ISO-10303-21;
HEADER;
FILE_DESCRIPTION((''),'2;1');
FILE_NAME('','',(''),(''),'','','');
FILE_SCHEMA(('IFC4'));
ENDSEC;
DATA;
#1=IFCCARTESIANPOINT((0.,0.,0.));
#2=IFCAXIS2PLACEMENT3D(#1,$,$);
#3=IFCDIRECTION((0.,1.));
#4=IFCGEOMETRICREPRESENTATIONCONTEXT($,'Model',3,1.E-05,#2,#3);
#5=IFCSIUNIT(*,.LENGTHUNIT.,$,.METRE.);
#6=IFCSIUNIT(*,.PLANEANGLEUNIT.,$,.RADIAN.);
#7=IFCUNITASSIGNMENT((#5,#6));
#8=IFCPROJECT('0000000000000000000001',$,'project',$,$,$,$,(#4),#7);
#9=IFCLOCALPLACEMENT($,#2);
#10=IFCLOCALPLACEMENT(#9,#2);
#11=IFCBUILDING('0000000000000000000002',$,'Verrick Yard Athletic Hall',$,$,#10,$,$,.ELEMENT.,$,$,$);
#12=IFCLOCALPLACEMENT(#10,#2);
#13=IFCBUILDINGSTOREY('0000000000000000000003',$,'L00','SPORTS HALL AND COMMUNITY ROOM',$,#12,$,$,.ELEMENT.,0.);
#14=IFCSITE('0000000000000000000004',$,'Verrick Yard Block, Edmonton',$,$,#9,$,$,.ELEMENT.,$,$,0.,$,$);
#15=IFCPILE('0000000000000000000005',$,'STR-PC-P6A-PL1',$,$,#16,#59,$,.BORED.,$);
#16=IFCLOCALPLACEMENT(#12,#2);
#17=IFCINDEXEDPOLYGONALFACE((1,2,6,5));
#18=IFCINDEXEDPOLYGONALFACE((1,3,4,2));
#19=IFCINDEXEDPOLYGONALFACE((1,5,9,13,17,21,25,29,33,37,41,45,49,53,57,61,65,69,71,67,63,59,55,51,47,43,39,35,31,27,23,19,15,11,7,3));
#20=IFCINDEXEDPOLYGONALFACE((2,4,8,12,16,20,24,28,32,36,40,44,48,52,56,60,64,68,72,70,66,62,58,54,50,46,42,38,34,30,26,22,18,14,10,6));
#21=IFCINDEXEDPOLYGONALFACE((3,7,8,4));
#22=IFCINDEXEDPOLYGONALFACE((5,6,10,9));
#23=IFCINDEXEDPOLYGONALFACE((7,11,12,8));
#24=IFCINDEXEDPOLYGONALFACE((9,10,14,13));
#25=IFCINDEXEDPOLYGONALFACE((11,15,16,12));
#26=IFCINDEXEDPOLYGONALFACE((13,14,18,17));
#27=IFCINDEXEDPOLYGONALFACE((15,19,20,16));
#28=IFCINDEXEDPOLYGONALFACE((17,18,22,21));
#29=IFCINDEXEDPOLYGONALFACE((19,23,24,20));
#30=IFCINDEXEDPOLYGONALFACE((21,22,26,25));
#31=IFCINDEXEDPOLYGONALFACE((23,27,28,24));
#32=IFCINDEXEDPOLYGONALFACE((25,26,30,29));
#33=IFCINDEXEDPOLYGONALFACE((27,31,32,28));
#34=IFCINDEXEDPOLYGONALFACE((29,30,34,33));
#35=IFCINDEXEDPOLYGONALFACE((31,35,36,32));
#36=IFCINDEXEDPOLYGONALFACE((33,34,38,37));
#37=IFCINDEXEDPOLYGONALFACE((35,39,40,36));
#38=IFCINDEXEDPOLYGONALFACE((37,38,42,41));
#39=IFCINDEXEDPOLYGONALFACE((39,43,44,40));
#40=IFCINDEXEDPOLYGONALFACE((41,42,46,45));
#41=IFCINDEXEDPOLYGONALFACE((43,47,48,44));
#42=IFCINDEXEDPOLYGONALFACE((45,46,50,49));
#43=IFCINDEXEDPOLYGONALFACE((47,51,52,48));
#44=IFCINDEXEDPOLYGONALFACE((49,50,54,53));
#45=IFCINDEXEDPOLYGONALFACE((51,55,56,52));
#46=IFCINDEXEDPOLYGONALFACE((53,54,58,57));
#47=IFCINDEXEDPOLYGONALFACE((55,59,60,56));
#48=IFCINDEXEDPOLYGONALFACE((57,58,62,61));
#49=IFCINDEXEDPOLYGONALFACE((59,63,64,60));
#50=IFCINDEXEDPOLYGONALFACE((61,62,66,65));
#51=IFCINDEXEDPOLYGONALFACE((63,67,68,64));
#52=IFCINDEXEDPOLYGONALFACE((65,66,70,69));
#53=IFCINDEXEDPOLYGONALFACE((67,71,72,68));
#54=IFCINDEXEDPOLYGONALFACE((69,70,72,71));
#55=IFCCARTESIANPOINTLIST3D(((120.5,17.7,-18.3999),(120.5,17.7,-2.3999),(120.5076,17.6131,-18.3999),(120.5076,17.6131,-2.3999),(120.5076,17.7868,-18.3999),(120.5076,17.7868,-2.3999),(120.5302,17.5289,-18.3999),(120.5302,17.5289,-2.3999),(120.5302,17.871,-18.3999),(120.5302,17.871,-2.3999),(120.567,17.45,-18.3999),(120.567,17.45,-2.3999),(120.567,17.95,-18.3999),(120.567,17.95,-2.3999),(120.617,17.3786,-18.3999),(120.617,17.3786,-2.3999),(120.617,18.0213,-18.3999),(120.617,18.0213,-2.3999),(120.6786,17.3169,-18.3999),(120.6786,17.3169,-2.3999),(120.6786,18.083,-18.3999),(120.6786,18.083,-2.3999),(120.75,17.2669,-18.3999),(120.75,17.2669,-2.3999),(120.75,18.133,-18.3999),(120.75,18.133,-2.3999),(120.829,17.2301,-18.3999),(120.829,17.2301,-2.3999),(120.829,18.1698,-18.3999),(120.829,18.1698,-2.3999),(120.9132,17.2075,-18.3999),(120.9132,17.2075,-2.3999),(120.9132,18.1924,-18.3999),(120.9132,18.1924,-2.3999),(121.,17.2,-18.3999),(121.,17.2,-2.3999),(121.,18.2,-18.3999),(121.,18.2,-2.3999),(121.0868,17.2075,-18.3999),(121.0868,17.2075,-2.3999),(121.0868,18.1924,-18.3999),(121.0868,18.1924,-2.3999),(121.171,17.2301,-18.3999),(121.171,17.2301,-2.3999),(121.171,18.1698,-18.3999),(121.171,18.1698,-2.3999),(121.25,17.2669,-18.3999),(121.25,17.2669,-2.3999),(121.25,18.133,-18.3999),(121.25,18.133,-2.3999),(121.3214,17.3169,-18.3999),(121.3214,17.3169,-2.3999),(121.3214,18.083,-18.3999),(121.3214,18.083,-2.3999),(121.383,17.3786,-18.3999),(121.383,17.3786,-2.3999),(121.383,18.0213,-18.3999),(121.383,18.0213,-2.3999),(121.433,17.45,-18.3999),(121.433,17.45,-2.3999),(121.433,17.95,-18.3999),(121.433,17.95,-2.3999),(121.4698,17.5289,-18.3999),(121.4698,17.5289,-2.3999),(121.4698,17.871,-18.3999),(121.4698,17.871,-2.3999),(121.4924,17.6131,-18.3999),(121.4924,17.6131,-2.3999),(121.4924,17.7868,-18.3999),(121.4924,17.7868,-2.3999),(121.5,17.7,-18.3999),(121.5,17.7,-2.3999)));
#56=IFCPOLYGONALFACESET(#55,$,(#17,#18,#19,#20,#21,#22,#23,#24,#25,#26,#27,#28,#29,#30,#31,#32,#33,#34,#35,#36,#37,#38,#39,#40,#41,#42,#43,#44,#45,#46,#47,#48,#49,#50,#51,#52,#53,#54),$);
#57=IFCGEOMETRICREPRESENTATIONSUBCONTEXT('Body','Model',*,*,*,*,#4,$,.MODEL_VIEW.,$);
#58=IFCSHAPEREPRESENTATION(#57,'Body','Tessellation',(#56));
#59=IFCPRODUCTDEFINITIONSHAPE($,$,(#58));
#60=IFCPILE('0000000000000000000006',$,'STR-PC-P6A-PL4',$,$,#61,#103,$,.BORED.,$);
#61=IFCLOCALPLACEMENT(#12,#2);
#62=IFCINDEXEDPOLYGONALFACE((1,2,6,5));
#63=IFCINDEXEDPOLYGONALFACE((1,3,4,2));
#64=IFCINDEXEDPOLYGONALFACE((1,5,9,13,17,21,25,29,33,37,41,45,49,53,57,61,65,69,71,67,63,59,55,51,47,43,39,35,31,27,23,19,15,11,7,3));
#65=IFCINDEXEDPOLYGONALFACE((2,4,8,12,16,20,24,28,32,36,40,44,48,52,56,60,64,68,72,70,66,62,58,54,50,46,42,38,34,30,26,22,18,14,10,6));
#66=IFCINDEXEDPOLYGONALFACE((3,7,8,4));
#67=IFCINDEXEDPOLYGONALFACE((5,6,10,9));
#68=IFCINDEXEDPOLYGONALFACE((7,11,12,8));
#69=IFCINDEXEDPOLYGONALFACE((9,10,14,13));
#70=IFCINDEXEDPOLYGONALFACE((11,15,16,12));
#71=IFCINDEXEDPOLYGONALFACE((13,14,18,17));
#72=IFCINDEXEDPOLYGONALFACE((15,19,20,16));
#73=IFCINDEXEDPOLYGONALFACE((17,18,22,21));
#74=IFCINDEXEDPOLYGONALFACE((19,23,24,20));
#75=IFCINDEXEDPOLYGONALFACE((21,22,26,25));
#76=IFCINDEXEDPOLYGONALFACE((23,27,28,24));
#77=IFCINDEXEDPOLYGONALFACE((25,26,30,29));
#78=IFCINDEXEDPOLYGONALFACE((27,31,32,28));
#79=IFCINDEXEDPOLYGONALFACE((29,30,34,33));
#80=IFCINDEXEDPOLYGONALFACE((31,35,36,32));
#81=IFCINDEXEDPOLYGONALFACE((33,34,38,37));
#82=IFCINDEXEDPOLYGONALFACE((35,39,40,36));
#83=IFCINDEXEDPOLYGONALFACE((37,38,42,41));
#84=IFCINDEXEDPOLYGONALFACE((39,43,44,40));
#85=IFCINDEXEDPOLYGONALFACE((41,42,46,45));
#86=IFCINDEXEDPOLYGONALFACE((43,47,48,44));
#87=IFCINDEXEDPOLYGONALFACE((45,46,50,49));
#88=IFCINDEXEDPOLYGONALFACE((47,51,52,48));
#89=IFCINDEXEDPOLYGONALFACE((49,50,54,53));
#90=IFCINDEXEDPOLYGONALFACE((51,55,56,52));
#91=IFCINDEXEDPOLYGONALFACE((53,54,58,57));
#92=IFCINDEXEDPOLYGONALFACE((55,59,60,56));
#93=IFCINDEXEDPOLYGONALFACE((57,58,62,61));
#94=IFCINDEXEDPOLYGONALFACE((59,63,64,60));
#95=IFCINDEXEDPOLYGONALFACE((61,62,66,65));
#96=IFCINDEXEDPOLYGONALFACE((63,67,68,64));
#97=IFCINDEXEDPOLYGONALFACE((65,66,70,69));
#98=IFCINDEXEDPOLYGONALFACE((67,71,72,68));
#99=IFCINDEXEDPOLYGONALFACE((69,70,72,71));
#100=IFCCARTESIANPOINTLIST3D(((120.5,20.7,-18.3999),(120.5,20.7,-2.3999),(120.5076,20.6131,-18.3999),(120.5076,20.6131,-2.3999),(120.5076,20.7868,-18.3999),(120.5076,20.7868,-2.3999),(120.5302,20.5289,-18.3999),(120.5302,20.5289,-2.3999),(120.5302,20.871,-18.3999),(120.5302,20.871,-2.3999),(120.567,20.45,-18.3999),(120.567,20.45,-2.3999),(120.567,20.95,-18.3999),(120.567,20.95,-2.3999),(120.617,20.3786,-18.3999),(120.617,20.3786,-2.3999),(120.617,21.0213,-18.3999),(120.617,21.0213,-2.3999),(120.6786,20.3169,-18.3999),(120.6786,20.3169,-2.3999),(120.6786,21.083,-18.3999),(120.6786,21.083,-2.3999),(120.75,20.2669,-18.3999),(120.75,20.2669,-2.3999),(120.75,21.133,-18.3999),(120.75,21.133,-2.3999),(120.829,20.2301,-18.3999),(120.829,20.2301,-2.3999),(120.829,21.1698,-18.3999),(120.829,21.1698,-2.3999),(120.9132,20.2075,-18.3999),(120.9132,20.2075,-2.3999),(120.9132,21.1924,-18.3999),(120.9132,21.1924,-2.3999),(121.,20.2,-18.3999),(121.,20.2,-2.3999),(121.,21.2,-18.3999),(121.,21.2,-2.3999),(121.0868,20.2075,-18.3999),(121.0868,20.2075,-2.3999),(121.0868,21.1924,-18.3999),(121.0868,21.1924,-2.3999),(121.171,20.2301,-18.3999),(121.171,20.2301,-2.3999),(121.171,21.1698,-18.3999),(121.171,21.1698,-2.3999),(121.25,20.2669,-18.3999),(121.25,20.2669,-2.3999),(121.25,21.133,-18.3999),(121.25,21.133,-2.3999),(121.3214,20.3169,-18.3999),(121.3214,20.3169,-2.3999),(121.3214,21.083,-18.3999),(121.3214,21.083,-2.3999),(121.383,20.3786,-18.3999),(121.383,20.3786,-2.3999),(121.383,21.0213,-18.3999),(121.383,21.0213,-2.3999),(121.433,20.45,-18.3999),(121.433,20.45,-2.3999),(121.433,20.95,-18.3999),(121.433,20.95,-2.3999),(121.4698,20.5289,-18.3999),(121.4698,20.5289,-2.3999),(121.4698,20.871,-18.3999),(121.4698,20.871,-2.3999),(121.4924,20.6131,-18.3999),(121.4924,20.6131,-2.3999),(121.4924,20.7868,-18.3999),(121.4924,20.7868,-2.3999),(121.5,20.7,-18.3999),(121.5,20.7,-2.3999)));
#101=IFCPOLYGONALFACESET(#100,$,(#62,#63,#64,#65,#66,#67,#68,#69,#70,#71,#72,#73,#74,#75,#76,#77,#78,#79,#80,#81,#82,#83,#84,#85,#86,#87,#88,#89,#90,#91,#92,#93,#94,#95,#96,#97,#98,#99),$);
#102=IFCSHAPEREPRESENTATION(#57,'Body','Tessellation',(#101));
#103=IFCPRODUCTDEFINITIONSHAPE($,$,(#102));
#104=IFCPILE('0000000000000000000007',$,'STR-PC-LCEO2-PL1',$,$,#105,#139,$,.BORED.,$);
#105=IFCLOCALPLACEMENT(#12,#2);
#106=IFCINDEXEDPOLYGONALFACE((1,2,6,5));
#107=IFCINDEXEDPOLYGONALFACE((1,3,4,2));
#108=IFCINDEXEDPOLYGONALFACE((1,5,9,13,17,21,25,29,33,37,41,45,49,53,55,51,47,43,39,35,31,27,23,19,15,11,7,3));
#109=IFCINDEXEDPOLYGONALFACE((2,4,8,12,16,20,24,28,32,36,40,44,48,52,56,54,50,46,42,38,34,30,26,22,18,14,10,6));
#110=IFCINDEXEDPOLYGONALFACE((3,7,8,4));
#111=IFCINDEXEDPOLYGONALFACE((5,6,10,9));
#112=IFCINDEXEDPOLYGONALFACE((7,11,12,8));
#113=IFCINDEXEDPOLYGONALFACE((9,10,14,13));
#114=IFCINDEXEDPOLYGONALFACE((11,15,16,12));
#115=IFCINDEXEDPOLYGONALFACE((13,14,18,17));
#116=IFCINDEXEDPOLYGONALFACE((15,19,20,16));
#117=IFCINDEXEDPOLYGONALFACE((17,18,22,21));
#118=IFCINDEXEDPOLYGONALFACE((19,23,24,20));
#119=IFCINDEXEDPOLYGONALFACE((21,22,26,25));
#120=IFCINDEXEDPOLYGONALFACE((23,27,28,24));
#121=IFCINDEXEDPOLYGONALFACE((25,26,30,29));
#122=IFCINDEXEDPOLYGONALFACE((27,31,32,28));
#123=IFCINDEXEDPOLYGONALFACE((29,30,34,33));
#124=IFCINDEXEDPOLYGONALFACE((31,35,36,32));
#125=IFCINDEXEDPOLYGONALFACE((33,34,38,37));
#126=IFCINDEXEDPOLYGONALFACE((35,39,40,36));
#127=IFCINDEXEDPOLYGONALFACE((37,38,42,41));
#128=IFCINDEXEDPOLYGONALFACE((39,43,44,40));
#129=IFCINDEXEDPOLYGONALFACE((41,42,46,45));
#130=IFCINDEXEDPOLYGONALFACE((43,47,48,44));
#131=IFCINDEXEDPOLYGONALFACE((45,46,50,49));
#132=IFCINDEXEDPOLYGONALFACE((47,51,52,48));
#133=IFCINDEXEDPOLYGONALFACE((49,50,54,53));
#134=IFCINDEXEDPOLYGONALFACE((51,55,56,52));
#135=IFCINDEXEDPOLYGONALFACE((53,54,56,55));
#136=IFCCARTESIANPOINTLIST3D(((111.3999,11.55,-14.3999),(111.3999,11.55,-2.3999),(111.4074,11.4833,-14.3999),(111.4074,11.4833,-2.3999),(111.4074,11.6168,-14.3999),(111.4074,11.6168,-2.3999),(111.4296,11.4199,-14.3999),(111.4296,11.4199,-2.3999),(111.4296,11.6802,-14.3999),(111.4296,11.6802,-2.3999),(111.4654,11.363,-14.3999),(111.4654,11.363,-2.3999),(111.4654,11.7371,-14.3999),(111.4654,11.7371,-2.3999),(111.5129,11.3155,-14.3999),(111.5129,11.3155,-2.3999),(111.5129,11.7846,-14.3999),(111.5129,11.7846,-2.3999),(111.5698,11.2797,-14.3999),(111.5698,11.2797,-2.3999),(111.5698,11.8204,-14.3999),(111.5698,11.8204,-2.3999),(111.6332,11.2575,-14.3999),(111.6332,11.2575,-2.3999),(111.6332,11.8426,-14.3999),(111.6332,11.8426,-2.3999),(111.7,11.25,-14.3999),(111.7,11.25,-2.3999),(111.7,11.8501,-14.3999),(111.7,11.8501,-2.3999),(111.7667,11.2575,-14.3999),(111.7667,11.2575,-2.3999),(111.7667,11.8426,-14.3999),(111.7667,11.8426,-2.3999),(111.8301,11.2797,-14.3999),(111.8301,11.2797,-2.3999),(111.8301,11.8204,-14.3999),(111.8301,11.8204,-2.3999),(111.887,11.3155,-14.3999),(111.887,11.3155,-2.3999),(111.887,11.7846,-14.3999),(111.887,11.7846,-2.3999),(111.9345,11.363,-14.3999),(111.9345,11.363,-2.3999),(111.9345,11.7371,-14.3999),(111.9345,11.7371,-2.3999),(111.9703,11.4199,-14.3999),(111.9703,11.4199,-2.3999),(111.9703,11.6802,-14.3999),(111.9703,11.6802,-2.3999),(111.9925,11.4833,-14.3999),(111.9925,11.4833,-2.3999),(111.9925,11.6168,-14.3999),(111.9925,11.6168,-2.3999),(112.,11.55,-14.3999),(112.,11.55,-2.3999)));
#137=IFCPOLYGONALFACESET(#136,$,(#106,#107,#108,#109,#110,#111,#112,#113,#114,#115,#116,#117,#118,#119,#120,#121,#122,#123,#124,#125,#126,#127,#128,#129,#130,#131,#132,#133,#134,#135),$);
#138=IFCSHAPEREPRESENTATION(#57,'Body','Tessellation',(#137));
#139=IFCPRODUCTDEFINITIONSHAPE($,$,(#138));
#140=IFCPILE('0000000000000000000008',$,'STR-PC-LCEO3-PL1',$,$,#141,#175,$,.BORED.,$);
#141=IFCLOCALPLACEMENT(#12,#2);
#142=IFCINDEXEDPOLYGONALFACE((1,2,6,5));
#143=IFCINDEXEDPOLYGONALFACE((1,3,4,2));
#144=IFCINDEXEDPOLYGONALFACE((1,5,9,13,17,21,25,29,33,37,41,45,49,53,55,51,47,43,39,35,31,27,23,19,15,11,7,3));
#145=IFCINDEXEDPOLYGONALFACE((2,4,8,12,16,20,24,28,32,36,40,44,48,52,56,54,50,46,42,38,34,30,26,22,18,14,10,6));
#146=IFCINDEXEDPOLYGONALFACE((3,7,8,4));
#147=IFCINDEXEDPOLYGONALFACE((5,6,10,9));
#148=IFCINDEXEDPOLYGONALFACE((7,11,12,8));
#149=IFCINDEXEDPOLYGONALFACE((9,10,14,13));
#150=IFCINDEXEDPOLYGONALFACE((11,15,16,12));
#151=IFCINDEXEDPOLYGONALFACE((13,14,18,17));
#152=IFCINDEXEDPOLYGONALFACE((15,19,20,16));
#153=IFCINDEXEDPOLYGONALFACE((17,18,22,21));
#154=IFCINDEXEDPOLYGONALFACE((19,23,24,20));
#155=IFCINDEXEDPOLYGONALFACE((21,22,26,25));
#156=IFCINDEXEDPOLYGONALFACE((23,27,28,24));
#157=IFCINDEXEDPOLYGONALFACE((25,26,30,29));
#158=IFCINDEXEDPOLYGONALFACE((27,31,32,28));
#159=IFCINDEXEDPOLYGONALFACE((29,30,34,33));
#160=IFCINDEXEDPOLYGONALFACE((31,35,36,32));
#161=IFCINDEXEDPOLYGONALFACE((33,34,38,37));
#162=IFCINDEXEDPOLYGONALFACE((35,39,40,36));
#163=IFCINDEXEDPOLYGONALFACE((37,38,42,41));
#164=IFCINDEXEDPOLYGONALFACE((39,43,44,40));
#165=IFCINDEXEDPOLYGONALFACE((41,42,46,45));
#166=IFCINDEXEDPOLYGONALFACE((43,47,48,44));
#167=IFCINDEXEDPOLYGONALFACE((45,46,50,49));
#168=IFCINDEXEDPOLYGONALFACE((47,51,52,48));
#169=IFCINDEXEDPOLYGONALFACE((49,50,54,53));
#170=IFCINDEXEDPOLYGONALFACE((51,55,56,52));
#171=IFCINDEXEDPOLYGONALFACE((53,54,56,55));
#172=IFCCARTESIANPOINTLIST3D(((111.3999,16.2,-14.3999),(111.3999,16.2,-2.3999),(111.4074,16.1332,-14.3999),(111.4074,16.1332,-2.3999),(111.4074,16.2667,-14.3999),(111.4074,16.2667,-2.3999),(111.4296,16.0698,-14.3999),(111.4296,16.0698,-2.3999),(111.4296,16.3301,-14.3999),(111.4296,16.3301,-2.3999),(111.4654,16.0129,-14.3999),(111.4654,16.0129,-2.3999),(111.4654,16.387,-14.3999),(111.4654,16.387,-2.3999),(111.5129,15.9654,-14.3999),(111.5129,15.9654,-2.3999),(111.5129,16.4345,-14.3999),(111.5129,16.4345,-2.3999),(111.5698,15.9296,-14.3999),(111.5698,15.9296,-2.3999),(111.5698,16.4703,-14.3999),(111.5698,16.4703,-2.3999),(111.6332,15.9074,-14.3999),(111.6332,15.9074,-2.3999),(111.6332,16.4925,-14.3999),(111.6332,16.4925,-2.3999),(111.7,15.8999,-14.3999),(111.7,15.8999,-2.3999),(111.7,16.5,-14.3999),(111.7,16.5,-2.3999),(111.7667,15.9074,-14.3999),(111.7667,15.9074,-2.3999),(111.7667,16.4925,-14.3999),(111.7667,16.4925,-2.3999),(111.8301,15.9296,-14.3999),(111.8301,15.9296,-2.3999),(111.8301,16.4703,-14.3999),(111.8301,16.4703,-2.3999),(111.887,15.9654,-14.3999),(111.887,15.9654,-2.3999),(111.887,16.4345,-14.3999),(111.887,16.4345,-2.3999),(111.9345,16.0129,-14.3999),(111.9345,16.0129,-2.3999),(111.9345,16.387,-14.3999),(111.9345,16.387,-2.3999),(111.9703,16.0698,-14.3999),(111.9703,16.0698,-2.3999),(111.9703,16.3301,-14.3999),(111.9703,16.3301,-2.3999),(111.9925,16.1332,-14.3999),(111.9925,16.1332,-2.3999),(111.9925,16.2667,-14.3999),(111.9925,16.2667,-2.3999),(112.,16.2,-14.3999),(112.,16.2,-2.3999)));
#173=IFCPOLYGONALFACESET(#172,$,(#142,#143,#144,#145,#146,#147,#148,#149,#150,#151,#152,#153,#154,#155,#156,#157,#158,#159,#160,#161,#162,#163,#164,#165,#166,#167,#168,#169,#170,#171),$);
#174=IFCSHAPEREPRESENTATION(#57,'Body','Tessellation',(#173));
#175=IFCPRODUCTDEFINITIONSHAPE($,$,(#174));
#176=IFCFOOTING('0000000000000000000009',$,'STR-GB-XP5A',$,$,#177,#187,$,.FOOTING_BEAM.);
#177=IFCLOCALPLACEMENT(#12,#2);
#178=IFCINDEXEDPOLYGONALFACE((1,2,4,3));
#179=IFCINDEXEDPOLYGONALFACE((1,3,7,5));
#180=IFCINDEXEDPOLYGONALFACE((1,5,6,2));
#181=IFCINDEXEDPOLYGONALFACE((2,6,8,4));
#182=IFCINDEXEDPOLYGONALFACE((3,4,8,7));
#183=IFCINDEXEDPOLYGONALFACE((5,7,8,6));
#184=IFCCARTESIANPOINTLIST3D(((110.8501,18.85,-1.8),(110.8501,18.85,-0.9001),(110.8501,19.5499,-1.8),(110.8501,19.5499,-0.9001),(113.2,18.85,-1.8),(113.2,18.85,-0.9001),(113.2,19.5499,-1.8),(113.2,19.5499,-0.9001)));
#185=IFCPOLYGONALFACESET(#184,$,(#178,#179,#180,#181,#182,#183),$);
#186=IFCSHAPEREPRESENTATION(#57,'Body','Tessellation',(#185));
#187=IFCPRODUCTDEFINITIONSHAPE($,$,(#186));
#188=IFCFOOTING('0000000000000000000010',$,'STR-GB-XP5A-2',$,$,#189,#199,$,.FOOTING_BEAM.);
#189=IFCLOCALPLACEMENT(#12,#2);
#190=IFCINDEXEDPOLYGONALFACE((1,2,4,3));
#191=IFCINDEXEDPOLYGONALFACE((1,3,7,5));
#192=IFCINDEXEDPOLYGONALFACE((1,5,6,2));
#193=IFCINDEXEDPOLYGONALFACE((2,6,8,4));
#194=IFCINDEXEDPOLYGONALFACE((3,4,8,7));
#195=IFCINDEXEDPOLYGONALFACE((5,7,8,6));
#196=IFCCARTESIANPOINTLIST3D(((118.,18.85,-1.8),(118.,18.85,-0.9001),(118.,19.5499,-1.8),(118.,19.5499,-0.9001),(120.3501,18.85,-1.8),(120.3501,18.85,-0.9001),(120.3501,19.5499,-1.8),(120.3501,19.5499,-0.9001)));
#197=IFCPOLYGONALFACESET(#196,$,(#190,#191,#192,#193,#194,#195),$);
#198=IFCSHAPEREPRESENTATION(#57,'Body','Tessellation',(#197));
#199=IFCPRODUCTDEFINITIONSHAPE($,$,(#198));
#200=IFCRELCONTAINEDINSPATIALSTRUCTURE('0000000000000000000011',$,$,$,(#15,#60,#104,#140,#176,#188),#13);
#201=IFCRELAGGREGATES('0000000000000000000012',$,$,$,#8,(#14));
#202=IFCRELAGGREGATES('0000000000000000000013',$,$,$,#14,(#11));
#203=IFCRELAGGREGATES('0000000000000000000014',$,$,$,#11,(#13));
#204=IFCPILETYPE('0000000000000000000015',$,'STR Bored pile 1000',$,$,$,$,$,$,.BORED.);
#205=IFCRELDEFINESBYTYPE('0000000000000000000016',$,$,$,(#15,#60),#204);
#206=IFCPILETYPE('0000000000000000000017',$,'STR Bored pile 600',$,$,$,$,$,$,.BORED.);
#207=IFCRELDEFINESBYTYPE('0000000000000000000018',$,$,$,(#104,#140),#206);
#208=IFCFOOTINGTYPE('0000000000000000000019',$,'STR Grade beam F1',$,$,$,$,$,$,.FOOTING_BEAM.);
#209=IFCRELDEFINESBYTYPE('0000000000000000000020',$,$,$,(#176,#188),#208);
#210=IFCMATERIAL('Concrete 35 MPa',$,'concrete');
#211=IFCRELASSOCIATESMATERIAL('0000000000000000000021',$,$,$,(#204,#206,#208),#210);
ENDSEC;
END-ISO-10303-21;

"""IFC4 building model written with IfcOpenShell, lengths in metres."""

from ifc_helpers import new_model, si_unit, direction, frame, origin, origin_2d, place, context, subcontext, project, spatial, rectangle, circle, extrude, material, material_profile, profile_set, type_object, element, save


model = new_model("IFC4")

# Units and contexts
model_context = context("Model", 3, precision=1e-05, world=origin(), true_north=direction((0.0, 1.0)))
body_context = subcontext(model_context, "Body", "Model", "MODEL_VIEW")
ifc_project = project(units=[si_unit("LENGTHUNIT", "METRE"), si_unit("PLANEANGLEUNIT", "RADIAN")], contexts=[model_context])

# Site, building, storey
site_placement = place(None, origin())
site = spatial("IfcSite", under=ifc_project, at=site_placement, Name="Verrick Yard Block, Edmonton", CompositionType="ELEMENT", RefElevation=0.0)
building_placement = place(site_placement, origin())
building = spatial("IfcBuilding", under=site, at=building_placement, Name="Verrick Yard Athletic Hall", CompositionType="ELEMENT")
storey_placement = place(building_placement, origin())
storey = spatial("IfcBuildingStorey", under=building, at=storey_placement, Name="L00", Description="SPORTS HALL AND COMMUNITY ROOM", CompositionType="ELEMENT", Elevation=0.0)

# Piles
ifc_material_1 = material(Name="Concrete 35 MPa", Category="concrete")
pile_type_1 = type_object("IfcPileType", Name="STR Bored pile 1000", PredefinedType="BORED", material=ifc_material_1)
for number, where, z_axis, x_axis, name in (
    (1, (121.0, 17.7, -2.3999), (0.0, 0.0, -1.0), (1.0, 0.0, 0.0), "STR-PC-P6A-PL1"),
    (2, (121.0, 20.7, -2.3999), (0.0, 0.0, -1.0), (1.0, 0.0, 0.0), "STR-PC-P6A-PL4"),
):
    element("IfcPile", number, at=place(storey_placement, frame(where, z_axis=z_axis, x_axis=x_axis)), inside=storey, type_object=pile_type_1, Name=name, PredefinedType="BORED", context=body_context, shape_type="SweptSolid", body=[
        extrude(circle(Radius=0.5, at=origin_2d()), origin(), (0.0, 0.0, 1.0), 16.0),
    ])
pile_type_2 = type_object("IfcPileType", Name="STR Bored pile 600", PredefinedType="BORED", material=ifc_material_1)
for number, where, z_axis, x_axis, name in (
    (3, (111.7, 11.55, -2.3999), (0.0, 0.0, -1.0), (1.0, 0.0, 0.0), "STR-PC-LCEO2-PL1"),
    (4, (111.7, 16.2, -2.3999), (0.0, 0.0, -1.0), (1.0, 0.0, 0.0), "STR-PC-LCEO3-PL1"),
):
    element("IfcPile", number, at=place(storey_placement, frame(where, z_axis=z_axis, x_axis=x_axis)), inside=storey, type_object=pile_type_2, Name=name, PredefinedType="BORED", context=body_context, shape_type="SweptSolid", body=[
        extrude(circle(Radius=0.3, at=origin_2d()), origin(), (0.0, 0.0, 1.0), 12.0),
    ])

# Footings
ifc_material_profile_1 = material_profile(ifc_material_1, rectangle(XDim=0.7, YDim=0.8999, at=origin_2d()), Name="STR Grade beam F1")
ifc_profile_set_1 = profile_set([ifc_material_profile_1], Name="Concrete 35 MPa")
footing_type = type_object("IfcFootingType", Name="STR Grade beam F1", PredefinedType="FOOTING_BEAM", material=ifc_profile_set_1)
footing_1_placement = place(storey_placement, frame((110.8501, 19.2, -1.3501), z_axis=(1.0, 0.0, 0.0), x_axis=(0.0, 1.0, 0.0)))
element("IfcFooting", 5, at=footing_1_placement, inside=storey, type_object=footing_type, Name="STR-GB-XP5A", PredefinedType="FOOTING_BEAM", context=body_context, shape_type="SweptSolid", body=[
    extrude(rectangle(XDim=0.7, YDim=0.8999, at=origin_2d()), origin(), (0.0, 0.0, 1.0), 2.3499),
])
footing_2_placement = place(storey_placement, frame((118.0, 19.2, -1.3501), z_axis=(1.0, 0.0, 0.0), x_axis=(0.0, 1.0, 0.0)))
element("IfcFooting", 6, at=footing_2_placement, inside=storey, type_object=footing_type, Name="STR-GB-XP5A-2", PredefinedType="FOOTING_BEAM", context=body_context, shape_type="SweptSolid", body=[
    extrude(rectangle(XDim=0.7, YDim=0.8999, at=origin_2d()), origin(), (0.0, 0.0, 1.0), 2.3501),
])

save(model, "model.ifc")
